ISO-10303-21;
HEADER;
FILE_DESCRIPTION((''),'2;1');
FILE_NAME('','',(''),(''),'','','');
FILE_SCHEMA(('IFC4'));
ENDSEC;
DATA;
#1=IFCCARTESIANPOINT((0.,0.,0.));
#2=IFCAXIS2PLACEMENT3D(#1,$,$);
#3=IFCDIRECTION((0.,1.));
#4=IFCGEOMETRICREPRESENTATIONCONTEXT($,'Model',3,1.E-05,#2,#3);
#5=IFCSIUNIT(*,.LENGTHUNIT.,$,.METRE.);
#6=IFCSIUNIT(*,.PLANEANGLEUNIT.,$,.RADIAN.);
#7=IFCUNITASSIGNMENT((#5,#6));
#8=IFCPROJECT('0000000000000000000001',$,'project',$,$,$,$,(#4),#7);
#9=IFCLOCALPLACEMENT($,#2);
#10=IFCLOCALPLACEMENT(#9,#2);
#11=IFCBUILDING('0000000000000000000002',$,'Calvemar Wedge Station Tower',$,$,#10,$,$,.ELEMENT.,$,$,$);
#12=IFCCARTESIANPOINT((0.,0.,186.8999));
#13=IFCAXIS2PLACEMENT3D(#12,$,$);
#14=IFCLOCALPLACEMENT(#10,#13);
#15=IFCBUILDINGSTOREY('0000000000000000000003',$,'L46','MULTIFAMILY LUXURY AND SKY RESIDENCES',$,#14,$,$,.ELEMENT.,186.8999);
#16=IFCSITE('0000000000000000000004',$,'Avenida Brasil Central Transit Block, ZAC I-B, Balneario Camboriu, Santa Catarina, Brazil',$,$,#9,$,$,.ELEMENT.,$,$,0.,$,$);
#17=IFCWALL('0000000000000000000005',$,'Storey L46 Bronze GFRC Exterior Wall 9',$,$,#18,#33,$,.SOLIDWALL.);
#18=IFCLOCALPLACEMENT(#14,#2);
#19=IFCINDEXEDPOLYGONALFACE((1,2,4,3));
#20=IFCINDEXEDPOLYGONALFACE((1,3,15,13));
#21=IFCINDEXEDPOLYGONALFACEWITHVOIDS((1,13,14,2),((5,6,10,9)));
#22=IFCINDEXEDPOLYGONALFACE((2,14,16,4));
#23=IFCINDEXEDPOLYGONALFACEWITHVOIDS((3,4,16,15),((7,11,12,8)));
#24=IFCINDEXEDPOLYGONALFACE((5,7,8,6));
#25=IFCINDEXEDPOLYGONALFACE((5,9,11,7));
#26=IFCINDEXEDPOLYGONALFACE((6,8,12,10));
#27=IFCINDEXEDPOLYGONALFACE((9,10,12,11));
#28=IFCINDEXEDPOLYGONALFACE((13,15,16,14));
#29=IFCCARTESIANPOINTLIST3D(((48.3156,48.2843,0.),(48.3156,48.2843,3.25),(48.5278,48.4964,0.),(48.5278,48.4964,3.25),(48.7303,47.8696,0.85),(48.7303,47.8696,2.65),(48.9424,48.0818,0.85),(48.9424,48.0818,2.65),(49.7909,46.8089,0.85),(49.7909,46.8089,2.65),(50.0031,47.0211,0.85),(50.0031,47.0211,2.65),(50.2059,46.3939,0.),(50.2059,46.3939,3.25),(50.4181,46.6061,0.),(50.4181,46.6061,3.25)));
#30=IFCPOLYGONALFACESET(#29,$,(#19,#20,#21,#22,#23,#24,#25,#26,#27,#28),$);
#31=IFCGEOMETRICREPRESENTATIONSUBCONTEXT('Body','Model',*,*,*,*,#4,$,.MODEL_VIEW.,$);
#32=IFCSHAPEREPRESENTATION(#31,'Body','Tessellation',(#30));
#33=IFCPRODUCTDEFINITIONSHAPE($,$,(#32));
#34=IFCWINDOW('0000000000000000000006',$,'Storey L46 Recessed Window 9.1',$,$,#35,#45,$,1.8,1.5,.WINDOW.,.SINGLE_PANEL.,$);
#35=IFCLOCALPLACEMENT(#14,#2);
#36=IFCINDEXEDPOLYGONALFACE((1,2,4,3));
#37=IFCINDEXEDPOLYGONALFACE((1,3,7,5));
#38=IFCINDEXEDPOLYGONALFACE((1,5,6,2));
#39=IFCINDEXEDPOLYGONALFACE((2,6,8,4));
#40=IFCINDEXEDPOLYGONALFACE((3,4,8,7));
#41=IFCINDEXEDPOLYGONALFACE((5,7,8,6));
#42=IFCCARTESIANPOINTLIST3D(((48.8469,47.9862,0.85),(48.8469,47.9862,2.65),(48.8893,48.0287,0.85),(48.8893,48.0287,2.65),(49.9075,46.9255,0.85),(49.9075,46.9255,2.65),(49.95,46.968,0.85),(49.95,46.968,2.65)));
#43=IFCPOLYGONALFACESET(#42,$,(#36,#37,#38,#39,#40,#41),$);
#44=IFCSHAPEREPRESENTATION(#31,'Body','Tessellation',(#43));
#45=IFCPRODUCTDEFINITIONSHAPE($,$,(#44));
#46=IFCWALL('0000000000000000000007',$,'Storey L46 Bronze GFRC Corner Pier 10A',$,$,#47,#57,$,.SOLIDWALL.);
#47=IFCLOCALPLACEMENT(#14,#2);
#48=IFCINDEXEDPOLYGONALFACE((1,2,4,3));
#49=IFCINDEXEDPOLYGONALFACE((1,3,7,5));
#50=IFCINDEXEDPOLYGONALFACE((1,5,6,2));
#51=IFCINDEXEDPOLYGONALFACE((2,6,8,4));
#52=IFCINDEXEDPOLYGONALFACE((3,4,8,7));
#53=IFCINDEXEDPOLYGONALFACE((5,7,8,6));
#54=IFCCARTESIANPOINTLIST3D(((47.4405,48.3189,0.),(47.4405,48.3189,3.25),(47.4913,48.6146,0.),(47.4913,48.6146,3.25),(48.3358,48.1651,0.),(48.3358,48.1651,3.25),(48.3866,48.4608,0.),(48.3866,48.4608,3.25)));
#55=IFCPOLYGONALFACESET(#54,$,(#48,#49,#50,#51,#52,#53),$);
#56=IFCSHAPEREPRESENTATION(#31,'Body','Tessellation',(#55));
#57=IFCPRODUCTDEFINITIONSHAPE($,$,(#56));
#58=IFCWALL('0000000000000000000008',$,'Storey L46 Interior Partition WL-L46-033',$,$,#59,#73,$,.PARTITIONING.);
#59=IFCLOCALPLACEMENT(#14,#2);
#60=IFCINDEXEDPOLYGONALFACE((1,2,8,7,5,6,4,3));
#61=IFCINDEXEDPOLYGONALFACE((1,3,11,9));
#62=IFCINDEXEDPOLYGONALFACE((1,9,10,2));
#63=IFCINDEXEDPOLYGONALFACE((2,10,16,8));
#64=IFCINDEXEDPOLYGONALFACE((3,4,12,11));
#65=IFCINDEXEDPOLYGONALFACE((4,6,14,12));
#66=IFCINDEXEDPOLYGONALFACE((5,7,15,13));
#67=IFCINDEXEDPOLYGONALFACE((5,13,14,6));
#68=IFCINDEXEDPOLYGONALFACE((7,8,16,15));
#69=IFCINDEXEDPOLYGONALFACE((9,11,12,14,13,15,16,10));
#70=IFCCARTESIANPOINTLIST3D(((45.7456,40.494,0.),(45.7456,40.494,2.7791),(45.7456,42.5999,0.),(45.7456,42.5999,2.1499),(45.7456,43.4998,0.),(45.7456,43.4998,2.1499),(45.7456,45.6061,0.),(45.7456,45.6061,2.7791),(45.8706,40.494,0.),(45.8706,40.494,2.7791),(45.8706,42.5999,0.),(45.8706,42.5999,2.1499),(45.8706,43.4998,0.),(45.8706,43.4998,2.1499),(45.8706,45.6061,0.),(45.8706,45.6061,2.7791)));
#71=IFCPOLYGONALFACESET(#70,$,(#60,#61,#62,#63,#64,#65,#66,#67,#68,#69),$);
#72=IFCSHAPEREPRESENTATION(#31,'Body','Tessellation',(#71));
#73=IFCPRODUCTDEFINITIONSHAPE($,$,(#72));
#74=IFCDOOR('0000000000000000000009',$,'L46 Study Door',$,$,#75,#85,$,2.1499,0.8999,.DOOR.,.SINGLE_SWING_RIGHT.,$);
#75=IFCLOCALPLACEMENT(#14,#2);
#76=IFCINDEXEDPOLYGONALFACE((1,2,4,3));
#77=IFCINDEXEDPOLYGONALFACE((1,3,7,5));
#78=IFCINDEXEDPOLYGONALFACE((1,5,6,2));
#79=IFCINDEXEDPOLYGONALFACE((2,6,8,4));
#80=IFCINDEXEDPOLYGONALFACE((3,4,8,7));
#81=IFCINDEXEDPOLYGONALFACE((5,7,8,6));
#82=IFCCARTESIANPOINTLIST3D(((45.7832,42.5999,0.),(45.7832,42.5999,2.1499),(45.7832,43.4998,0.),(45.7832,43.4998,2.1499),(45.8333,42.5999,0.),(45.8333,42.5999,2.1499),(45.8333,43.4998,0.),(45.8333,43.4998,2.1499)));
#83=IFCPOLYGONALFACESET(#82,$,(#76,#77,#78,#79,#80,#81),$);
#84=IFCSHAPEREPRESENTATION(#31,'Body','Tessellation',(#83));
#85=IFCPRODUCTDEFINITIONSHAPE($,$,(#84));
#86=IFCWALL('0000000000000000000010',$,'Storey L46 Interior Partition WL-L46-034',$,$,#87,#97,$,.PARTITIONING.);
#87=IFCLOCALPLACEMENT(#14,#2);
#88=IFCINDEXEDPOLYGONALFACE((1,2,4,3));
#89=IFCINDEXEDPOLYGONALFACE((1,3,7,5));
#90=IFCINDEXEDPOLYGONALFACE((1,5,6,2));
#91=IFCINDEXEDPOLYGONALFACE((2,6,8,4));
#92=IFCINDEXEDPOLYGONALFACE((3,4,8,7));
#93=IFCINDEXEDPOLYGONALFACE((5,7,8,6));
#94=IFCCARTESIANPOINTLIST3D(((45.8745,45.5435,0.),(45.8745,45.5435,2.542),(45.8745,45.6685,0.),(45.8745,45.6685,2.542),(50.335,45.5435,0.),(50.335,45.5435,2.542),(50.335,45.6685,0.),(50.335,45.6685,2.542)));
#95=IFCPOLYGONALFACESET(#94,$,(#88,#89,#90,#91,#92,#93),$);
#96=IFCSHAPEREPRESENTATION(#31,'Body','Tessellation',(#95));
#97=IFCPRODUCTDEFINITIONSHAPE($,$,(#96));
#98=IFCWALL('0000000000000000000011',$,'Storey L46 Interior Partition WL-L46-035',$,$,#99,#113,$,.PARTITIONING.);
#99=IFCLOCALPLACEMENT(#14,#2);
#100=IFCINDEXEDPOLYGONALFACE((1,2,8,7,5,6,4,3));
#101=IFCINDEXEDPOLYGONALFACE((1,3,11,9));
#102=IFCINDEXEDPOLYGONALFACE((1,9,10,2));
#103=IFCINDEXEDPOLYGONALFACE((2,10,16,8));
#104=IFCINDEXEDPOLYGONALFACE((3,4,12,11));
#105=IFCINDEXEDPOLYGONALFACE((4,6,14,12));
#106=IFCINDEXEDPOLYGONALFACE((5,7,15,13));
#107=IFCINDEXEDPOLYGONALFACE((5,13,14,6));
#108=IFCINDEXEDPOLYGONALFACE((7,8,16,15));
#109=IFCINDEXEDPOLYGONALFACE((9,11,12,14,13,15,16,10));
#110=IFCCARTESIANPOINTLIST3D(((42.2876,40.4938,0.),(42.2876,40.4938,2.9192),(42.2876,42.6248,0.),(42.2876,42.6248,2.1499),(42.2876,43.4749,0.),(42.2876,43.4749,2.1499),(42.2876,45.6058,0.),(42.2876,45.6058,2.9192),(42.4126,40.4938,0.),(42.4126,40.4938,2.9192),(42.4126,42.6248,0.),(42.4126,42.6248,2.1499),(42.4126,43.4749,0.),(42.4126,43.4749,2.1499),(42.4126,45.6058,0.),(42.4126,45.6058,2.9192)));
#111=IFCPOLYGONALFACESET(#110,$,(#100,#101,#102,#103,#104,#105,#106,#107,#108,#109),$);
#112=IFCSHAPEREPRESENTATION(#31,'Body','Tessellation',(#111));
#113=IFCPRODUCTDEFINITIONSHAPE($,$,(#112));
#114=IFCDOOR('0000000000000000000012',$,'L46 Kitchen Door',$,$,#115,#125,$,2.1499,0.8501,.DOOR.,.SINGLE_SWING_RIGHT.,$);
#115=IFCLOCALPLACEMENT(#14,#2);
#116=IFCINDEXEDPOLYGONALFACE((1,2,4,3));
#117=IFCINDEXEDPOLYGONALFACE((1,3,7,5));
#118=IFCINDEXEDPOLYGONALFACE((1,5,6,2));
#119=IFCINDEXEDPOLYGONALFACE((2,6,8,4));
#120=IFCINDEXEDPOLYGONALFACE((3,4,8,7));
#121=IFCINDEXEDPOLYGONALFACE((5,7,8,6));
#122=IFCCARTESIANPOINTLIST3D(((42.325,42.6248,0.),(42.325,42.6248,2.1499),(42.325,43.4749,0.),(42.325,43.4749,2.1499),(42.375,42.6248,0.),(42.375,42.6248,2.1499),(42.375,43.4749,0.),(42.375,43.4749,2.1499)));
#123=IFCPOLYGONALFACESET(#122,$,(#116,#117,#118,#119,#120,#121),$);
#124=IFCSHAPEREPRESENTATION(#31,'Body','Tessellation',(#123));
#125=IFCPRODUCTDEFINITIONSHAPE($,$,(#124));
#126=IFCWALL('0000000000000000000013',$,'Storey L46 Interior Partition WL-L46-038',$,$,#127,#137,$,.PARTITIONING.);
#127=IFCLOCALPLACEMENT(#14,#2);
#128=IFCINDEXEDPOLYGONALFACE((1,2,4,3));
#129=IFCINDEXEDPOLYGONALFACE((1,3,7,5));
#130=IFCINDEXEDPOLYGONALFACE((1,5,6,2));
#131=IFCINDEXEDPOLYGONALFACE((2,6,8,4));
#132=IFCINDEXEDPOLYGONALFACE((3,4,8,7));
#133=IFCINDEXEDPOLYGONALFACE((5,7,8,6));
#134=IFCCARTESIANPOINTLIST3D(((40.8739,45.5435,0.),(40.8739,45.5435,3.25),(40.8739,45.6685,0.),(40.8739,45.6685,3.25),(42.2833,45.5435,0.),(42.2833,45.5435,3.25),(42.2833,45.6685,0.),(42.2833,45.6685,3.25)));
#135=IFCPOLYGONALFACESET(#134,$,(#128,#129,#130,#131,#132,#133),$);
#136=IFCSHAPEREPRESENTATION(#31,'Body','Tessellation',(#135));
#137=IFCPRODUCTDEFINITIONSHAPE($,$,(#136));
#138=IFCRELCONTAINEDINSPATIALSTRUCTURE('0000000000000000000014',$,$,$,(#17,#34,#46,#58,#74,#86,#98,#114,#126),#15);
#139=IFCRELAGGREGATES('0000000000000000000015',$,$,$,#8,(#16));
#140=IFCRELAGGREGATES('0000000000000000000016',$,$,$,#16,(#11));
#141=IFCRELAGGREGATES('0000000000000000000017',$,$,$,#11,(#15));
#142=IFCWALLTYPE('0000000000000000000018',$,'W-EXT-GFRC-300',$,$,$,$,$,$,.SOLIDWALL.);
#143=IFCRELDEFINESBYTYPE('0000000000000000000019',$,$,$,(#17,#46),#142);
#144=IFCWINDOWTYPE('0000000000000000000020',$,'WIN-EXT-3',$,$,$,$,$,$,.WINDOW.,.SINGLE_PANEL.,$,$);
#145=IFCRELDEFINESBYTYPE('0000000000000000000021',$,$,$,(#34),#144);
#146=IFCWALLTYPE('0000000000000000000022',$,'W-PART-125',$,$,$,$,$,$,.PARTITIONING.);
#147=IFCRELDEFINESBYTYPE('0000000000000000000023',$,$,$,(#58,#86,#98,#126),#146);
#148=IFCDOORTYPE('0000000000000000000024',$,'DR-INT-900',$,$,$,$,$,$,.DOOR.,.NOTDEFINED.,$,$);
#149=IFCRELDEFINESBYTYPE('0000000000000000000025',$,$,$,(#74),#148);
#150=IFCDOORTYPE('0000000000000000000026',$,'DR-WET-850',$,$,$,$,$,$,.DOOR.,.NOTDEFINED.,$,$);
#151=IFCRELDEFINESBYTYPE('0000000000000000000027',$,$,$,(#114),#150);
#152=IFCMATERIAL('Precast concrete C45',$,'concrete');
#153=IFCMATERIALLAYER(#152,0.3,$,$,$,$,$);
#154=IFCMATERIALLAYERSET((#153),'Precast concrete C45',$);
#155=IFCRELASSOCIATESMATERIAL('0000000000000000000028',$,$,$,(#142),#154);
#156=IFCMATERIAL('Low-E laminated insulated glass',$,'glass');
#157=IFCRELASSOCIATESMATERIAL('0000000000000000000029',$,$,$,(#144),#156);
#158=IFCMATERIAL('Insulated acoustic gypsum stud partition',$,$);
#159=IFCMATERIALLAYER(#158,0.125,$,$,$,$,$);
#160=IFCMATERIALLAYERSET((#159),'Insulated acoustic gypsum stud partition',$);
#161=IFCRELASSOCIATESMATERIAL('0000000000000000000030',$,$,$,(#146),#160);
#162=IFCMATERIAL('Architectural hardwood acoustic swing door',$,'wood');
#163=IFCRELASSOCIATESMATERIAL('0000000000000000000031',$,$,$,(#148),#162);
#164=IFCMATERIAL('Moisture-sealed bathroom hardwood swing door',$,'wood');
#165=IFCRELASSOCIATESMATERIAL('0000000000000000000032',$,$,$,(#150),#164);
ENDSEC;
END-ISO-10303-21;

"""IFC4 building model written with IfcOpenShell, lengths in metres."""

from ifc_helpers import new_model, si_unit, direction, frame, frame_2d, origin, place, context, subcontext, project, spatial, rectangle, extrude, source, transform, mapped, material, layer, layer_set, type_object, element, fill, save


model = new_model("IFC4")

# Units and contexts
model_context = context("Model", 3, precision=1e-05, world=origin(), true_north=direction((0.0, 1.0)))
body_context = subcontext(model_context, "Body", "Model", "MODEL_VIEW")
ifc_project = project(units=[si_unit("LENGTHUNIT", "METRE"), si_unit("PLANEANGLEUNIT", "RADIAN")], contexts=[model_context])

# Site, building, storey
site_placement = place(None, origin())
site = spatial("IfcSite", under=ifc_project, at=site_placement, Name="Avenida Brasil Central Transit Block, ZAC I-B, Balneario Camboriu, Santa Catarina, Brazil", CompositionType="ELEMENT", RefElevation=0.0)
building_placement = place(site_placement, origin())
building = spatial("IfcBuilding", under=site, at=building_placement, Name="Calvemar Wedge Station Tower", CompositionType="ELEMENT")
storey_placement = place(building_placement, frame((0.0, 0.0, 186.8999)))
storey = spatial("IfcBuildingStorey", under=building, at=storey_placement, Name="L46", Description="MULTIFAMILY LUXURY AND SKY RESIDENCES", CompositionType="ELEMENT", Elevation=186.8999)

# Wall, opening, window
ifc_material_1 = material(Name="Precast concrete C45", Category="concrete")
ifc_layer_1 = layer(ifc_material_1, 0.3)
ifc_layer_set_1 = layer_set([ifc_layer_1], Name="Precast concrete C45")
wall_type_1 = type_object("IfcWallType", Name="W-EXT-GFRC-300", PredefinedType="SOLIDWALL", material=ifc_layer_set_1)
wall_1_placement = place(storey_placement, frame((50.312, 46.5, 0.0), z_axis=(0.0, 0.0, 1.0), x_axis=(-0.707107, 0.707107, 0.0)))
wall_1 = element("IfcWall", 1, at=wall_1_placement, inside=storey, type_object=wall_type_1, Name="Storey L46 Bronze GFRC Exterior Wall 9", PredefinedType="SOLIDWALL", context=body_context, shape_type="SweptSolid", body=[
    extrude(rectangle(XDim=2.6733, YDim=0.3, at=frame_2d((1.3367, 0.0))), origin(), (0.0, 0.0, 1.0), 3.25),
])
shared_shape_1 = source(origin(), body_context, "Body", "SweptSolid", [
    extrude(rectangle(XDim=1.5, YDim=1.8, at=frame_2d((0.75, 0.8999))), frame((0.0, 0.1602, 0.0), z_axis=(0.0, -1.0, 0.0), x_axis=(1.0, 0.0, 0.0)), (0.0, 0.0, 1.0), 0.3201),
])
opening_1_placement = place(wall_1_placement, frame((0.5869, 0.0, 0.8501)))
opening_1 = element("IfcOpeningElement", 2, at=opening_1_placement, cuts=wall_1, PredefinedType="OPENING", context=body_context, shape_type="MappedRepresentation", body=[
    mapped(shared_shape_1, transform((0.0, 0.0, 0.0), scale=1.0)),
])
ifc_material_2 = material(Name="Low-E laminated insulated glass", Category="glass")
window_type = type_object("IfcWindowType", Name="WIN-EXT-3", PartitioningType="SINGLE_PANEL", PredefinedType="WINDOW", material=ifc_material_2)
shared_shape_2 = source(origin(), body_context, "Body", "SweptSolid", [
    extrude(rectangle(XDim=1.5, YDim=1.8, at=frame_2d((0.75, 0.8999))), frame((0.0, -0.0149, 0.0), z_axis=(0.0, -1.0, 0.0), x_axis=(1.0, 0.0, 0.0)), (0.0, 0.0, 1.0), 0.0601),
])
window_placement = place(opening_1_placement, origin())
window = element("IfcWindow", 3, at=window_placement, inside=storey, type_object=window_type, Name="Storey L46 Recessed Window 9.1", OverallHeight=1.8, OverallWidth=1.5, PartitioningType="SINGLE_PANEL", PredefinedType="WINDOW", context=body_context, shape_type="MappedRepresentation", body=[
    mapped(shared_shape_2, transform((0.0, 0.0, 0.0), scale=1.0)),
])
fill(opening_1, window)

# Wall
wall_2_placement = place(storey_placement, frame((48.3611, 48.313, 0.0), z_axis=(0.0, 0.0, 1.0), x_axis=(-0.985561, 0.169322, 0.0)))
element("IfcWall", 4, at=wall_2_placement, inside=storey, type_object=wall_type_1, Name="Storey L46 Bronze GFRC Corner Pier 10A", PredefinedType="SOLIDWALL", context=body_context, shape_type="SweptSolid", body=[
    extrude(rectangle(XDim=0.9084, YDim=0.3, at=frame_2d((0.4541, 0.0))), origin(), (0.0, 0.0, 1.0), 3.25),
])

# Wall, opening, door
ifc_material_3 = material(Name="Insulated acoustic gypsum stud partition")
ifc_layer_2 = layer(ifc_material_3, 0.125)
ifc_layer_set_2 = layer_set([ifc_layer_2], Name="Insulated acoustic gypsum stud partition")
wall_type_2 = type_object("IfcWallType", Name="W-PART-125", PredefinedType="PARTITIONING", material=ifc_layer_set_2)
wall_3_placement = place(storey_placement, frame((45.8081, 40.4939, 0.0), z_axis=(0.0, 0.0, 1.0), x_axis=(0.0, 1.0, 0.0)))
wall_3 = element("IfcWall", 5, at=wall_3_placement, inside=storey, type_object=wall_type_2, Name="Storey L46 Interior Partition WL-L46-033", PredefinedType="PARTITIONING", context=body_context, shape_type="SweptSolid", body=[
    extrude(rectangle(XDim=5.1121, YDim=0.125, at=frame_2d((2.5562, 0.0))), origin(), (0.0, 0.0, 1.0), 2.7791),
])
shared_shape_3 = source(origin(), body_context, "Body", "SweptSolid", [
    extrude(rectangle(XDim=0.8999, YDim=2.1499, at=frame_2d((0.45, 1.075))), frame((0.0, 0.0725, 0.0), z_axis=(0.0, -1.0, 0.0), x_axis=(1.0, 0.0, 0.0)), (0.0, 0.0, 1.0), 0.145),
])
opening_2_placement = place(wall_3_placement, frame((2.106, 0.0, 0.0)))
opening_2 = element("IfcOpeningElement", 6, at=opening_2_placement, cuts=wall_3, PredefinedType="OPENING", context=body_context, shape_type="MappedRepresentation", body=[
    mapped(shared_shape_3, transform((0.0, 0.0, 0.0), scale=1.0)),
])
ifc_material_4 = material(Name="Architectural hardwood acoustic swing door", Category="wood")
door_type_1 = type_object("IfcDoorType", Name="DR-INT-900", OperationType="NOTDEFINED", PredefinedType="DOOR", material=ifc_material_4)
shared_shape_4 = source(origin(), body_context, "Body", "SweptSolid", [
    extrude(rectangle(XDim=0.8999, YDim=2.1499, at=frame_2d((0.45, 1.075))), frame((0.0, 0.0249, 0.0), z_axis=(0.0, -1.0, 0.0), x_axis=(1.0, 0.0, 0.0)), (0.0, 0.0, 1.0), 0.05),
])
door_1_placement = place(opening_2_placement, origin())
door_1 = element("IfcDoor", 7, at=door_1_placement, inside=storey, type_object=door_type_1, Name="L46 Study Door", OperationType="SINGLE_SWING_RIGHT", OverallHeight=2.1499, OverallWidth=0.8999, PredefinedType="DOOR", context=body_context, shape_type="MappedRepresentation", body=[
    mapped(shared_shape_4, transform((0.0, 0.0, 0.0), scale=1.0)),
])
fill(opening_2, door_1)

# Wall
wall_4_placement = place(storey_placement, frame((45.8745, 45.606, 0.0), z_axis=(0.0, 0.0, 1.0), x_axis=(1.0, 0.0, 0.0)))
element("IfcWall", 8, at=wall_4_placement, inside=storey, type_object=wall_type_2, Name="Storey L46 Interior Partition WL-L46-034", PredefinedType="PARTITIONING", context=body_context, shape_type="SweptSolid", body=[
    extrude(rectangle(XDim=4.4604, YDim=0.125, at=frame_2d((2.2302, 0.0))), origin(), (0.0, 0.0, 1.0), 2.542),
])

# Wall, opening, door
wall_5_placement = place(storey_placement, frame((42.3501, 45.606, 0.0), z_axis=(0.0, 0.0, 1.0), x_axis=(0.0, -1.0, 0.0)))
wall_5 = element("IfcWall", 9, at=wall_5_placement, inside=storey, type_object=wall_type_2, Name="Storey L46 Interior Partition WL-L46-035", PredefinedType="PARTITIONING", context=body_context, shape_type="SweptSolid", body=[
    extrude(rectangle(XDim=5.1121, YDim=0.125, at=frame_2d((2.5562, 0.0))), origin(), (0.0, 0.0, 1.0), 2.9192),
])
shared_shape_5 = source(origin(), body_context, "Body", "SweptSolid", [
    extrude(rectangle(XDim=0.8501, YDim=2.1499, at=frame_2d((0.425, 1.075))), frame((0.0, 0.0725, 0.0), z_axis=(0.0, -1.0, 0.0), x_axis=(1.0, 0.0, 0.0)), (0.0, 0.0, 1.0), 0.145),
])
opening_3_placement = place(wall_5_placement, frame((2.1311, 0.0, 0.0)))
opening_3 = element("IfcOpeningElement", 10, at=opening_3_placement, cuts=wall_5, PredefinedType="OPENING", context=body_context, shape_type="MappedRepresentation", body=[
    mapped(shared_shape_5, transform((0.0, 0.0, 0.0), scale=1.0)),
])
ifc_material_5 = material(Name="Moisture-sealed bathroom hardwood swing door", Category="wood")
door_type_2 = type_object("IfcDoorType", Name="DR-WET-850", OperationType="NOTDEFINED", PredefinedType="DOOR", material=ifc_material_5)
shared_shape_6 = source(origin(), body_context, "Body", "SweptSolid", [
    extrude(rectangle(XDim=0.8501, YDim=2.1499, at=frame_2d((0.425, 1.075))), frame((0.0, 0.0249, 0.0), z_axis=(0.0, -1.0, 0.0), x_axis=(1.0, 0.0, 0.0)), (0.0, 0.0, 1.0), 0.05),
])
door_2_placement = place(opening_3_placement, origin())
door_2 = element("IfcDoor", 11, at=door_2_placement, inside=storey, type_object=door_type_2, Name="L46 Kitchen Door", OperationType="SINGLE_SWING_RIGHT", OverallHeight=2.1499, OverallWidth=0.8501, PredefinedType="DOOR", context=body_context, shape_type="MappedRepresentation", body=[
    mapped(shared_shape_6, transform((0.0, 0.0, 0.0), scale=1.0)),
])
fill(opening_3, door_2)

# Wall
wall_6_placement = place(storey_placement, frame((40.874, 45.606, 0.0), z_axis=(0.0, 0.0, 1.0), x_axis=(1.0, 0.0, 0.0)))
element("IfcWall", 12, at=wall_6_placement, inside=storey, type_object=wall_type_2, Name="Storey L46 Interior Partition WL-L46-038", PredefinedType="PARTITIONING", context=body_context, shape_type="SweptSolid", body=[
    extrude(rectangle(XDim=1.4094, YDim=0.125, at=frame_2d((0.7046, 0.0))), origin(), (0.0, 0.0, 1.0), 3.25),
])

save(model, "model.ifc")
